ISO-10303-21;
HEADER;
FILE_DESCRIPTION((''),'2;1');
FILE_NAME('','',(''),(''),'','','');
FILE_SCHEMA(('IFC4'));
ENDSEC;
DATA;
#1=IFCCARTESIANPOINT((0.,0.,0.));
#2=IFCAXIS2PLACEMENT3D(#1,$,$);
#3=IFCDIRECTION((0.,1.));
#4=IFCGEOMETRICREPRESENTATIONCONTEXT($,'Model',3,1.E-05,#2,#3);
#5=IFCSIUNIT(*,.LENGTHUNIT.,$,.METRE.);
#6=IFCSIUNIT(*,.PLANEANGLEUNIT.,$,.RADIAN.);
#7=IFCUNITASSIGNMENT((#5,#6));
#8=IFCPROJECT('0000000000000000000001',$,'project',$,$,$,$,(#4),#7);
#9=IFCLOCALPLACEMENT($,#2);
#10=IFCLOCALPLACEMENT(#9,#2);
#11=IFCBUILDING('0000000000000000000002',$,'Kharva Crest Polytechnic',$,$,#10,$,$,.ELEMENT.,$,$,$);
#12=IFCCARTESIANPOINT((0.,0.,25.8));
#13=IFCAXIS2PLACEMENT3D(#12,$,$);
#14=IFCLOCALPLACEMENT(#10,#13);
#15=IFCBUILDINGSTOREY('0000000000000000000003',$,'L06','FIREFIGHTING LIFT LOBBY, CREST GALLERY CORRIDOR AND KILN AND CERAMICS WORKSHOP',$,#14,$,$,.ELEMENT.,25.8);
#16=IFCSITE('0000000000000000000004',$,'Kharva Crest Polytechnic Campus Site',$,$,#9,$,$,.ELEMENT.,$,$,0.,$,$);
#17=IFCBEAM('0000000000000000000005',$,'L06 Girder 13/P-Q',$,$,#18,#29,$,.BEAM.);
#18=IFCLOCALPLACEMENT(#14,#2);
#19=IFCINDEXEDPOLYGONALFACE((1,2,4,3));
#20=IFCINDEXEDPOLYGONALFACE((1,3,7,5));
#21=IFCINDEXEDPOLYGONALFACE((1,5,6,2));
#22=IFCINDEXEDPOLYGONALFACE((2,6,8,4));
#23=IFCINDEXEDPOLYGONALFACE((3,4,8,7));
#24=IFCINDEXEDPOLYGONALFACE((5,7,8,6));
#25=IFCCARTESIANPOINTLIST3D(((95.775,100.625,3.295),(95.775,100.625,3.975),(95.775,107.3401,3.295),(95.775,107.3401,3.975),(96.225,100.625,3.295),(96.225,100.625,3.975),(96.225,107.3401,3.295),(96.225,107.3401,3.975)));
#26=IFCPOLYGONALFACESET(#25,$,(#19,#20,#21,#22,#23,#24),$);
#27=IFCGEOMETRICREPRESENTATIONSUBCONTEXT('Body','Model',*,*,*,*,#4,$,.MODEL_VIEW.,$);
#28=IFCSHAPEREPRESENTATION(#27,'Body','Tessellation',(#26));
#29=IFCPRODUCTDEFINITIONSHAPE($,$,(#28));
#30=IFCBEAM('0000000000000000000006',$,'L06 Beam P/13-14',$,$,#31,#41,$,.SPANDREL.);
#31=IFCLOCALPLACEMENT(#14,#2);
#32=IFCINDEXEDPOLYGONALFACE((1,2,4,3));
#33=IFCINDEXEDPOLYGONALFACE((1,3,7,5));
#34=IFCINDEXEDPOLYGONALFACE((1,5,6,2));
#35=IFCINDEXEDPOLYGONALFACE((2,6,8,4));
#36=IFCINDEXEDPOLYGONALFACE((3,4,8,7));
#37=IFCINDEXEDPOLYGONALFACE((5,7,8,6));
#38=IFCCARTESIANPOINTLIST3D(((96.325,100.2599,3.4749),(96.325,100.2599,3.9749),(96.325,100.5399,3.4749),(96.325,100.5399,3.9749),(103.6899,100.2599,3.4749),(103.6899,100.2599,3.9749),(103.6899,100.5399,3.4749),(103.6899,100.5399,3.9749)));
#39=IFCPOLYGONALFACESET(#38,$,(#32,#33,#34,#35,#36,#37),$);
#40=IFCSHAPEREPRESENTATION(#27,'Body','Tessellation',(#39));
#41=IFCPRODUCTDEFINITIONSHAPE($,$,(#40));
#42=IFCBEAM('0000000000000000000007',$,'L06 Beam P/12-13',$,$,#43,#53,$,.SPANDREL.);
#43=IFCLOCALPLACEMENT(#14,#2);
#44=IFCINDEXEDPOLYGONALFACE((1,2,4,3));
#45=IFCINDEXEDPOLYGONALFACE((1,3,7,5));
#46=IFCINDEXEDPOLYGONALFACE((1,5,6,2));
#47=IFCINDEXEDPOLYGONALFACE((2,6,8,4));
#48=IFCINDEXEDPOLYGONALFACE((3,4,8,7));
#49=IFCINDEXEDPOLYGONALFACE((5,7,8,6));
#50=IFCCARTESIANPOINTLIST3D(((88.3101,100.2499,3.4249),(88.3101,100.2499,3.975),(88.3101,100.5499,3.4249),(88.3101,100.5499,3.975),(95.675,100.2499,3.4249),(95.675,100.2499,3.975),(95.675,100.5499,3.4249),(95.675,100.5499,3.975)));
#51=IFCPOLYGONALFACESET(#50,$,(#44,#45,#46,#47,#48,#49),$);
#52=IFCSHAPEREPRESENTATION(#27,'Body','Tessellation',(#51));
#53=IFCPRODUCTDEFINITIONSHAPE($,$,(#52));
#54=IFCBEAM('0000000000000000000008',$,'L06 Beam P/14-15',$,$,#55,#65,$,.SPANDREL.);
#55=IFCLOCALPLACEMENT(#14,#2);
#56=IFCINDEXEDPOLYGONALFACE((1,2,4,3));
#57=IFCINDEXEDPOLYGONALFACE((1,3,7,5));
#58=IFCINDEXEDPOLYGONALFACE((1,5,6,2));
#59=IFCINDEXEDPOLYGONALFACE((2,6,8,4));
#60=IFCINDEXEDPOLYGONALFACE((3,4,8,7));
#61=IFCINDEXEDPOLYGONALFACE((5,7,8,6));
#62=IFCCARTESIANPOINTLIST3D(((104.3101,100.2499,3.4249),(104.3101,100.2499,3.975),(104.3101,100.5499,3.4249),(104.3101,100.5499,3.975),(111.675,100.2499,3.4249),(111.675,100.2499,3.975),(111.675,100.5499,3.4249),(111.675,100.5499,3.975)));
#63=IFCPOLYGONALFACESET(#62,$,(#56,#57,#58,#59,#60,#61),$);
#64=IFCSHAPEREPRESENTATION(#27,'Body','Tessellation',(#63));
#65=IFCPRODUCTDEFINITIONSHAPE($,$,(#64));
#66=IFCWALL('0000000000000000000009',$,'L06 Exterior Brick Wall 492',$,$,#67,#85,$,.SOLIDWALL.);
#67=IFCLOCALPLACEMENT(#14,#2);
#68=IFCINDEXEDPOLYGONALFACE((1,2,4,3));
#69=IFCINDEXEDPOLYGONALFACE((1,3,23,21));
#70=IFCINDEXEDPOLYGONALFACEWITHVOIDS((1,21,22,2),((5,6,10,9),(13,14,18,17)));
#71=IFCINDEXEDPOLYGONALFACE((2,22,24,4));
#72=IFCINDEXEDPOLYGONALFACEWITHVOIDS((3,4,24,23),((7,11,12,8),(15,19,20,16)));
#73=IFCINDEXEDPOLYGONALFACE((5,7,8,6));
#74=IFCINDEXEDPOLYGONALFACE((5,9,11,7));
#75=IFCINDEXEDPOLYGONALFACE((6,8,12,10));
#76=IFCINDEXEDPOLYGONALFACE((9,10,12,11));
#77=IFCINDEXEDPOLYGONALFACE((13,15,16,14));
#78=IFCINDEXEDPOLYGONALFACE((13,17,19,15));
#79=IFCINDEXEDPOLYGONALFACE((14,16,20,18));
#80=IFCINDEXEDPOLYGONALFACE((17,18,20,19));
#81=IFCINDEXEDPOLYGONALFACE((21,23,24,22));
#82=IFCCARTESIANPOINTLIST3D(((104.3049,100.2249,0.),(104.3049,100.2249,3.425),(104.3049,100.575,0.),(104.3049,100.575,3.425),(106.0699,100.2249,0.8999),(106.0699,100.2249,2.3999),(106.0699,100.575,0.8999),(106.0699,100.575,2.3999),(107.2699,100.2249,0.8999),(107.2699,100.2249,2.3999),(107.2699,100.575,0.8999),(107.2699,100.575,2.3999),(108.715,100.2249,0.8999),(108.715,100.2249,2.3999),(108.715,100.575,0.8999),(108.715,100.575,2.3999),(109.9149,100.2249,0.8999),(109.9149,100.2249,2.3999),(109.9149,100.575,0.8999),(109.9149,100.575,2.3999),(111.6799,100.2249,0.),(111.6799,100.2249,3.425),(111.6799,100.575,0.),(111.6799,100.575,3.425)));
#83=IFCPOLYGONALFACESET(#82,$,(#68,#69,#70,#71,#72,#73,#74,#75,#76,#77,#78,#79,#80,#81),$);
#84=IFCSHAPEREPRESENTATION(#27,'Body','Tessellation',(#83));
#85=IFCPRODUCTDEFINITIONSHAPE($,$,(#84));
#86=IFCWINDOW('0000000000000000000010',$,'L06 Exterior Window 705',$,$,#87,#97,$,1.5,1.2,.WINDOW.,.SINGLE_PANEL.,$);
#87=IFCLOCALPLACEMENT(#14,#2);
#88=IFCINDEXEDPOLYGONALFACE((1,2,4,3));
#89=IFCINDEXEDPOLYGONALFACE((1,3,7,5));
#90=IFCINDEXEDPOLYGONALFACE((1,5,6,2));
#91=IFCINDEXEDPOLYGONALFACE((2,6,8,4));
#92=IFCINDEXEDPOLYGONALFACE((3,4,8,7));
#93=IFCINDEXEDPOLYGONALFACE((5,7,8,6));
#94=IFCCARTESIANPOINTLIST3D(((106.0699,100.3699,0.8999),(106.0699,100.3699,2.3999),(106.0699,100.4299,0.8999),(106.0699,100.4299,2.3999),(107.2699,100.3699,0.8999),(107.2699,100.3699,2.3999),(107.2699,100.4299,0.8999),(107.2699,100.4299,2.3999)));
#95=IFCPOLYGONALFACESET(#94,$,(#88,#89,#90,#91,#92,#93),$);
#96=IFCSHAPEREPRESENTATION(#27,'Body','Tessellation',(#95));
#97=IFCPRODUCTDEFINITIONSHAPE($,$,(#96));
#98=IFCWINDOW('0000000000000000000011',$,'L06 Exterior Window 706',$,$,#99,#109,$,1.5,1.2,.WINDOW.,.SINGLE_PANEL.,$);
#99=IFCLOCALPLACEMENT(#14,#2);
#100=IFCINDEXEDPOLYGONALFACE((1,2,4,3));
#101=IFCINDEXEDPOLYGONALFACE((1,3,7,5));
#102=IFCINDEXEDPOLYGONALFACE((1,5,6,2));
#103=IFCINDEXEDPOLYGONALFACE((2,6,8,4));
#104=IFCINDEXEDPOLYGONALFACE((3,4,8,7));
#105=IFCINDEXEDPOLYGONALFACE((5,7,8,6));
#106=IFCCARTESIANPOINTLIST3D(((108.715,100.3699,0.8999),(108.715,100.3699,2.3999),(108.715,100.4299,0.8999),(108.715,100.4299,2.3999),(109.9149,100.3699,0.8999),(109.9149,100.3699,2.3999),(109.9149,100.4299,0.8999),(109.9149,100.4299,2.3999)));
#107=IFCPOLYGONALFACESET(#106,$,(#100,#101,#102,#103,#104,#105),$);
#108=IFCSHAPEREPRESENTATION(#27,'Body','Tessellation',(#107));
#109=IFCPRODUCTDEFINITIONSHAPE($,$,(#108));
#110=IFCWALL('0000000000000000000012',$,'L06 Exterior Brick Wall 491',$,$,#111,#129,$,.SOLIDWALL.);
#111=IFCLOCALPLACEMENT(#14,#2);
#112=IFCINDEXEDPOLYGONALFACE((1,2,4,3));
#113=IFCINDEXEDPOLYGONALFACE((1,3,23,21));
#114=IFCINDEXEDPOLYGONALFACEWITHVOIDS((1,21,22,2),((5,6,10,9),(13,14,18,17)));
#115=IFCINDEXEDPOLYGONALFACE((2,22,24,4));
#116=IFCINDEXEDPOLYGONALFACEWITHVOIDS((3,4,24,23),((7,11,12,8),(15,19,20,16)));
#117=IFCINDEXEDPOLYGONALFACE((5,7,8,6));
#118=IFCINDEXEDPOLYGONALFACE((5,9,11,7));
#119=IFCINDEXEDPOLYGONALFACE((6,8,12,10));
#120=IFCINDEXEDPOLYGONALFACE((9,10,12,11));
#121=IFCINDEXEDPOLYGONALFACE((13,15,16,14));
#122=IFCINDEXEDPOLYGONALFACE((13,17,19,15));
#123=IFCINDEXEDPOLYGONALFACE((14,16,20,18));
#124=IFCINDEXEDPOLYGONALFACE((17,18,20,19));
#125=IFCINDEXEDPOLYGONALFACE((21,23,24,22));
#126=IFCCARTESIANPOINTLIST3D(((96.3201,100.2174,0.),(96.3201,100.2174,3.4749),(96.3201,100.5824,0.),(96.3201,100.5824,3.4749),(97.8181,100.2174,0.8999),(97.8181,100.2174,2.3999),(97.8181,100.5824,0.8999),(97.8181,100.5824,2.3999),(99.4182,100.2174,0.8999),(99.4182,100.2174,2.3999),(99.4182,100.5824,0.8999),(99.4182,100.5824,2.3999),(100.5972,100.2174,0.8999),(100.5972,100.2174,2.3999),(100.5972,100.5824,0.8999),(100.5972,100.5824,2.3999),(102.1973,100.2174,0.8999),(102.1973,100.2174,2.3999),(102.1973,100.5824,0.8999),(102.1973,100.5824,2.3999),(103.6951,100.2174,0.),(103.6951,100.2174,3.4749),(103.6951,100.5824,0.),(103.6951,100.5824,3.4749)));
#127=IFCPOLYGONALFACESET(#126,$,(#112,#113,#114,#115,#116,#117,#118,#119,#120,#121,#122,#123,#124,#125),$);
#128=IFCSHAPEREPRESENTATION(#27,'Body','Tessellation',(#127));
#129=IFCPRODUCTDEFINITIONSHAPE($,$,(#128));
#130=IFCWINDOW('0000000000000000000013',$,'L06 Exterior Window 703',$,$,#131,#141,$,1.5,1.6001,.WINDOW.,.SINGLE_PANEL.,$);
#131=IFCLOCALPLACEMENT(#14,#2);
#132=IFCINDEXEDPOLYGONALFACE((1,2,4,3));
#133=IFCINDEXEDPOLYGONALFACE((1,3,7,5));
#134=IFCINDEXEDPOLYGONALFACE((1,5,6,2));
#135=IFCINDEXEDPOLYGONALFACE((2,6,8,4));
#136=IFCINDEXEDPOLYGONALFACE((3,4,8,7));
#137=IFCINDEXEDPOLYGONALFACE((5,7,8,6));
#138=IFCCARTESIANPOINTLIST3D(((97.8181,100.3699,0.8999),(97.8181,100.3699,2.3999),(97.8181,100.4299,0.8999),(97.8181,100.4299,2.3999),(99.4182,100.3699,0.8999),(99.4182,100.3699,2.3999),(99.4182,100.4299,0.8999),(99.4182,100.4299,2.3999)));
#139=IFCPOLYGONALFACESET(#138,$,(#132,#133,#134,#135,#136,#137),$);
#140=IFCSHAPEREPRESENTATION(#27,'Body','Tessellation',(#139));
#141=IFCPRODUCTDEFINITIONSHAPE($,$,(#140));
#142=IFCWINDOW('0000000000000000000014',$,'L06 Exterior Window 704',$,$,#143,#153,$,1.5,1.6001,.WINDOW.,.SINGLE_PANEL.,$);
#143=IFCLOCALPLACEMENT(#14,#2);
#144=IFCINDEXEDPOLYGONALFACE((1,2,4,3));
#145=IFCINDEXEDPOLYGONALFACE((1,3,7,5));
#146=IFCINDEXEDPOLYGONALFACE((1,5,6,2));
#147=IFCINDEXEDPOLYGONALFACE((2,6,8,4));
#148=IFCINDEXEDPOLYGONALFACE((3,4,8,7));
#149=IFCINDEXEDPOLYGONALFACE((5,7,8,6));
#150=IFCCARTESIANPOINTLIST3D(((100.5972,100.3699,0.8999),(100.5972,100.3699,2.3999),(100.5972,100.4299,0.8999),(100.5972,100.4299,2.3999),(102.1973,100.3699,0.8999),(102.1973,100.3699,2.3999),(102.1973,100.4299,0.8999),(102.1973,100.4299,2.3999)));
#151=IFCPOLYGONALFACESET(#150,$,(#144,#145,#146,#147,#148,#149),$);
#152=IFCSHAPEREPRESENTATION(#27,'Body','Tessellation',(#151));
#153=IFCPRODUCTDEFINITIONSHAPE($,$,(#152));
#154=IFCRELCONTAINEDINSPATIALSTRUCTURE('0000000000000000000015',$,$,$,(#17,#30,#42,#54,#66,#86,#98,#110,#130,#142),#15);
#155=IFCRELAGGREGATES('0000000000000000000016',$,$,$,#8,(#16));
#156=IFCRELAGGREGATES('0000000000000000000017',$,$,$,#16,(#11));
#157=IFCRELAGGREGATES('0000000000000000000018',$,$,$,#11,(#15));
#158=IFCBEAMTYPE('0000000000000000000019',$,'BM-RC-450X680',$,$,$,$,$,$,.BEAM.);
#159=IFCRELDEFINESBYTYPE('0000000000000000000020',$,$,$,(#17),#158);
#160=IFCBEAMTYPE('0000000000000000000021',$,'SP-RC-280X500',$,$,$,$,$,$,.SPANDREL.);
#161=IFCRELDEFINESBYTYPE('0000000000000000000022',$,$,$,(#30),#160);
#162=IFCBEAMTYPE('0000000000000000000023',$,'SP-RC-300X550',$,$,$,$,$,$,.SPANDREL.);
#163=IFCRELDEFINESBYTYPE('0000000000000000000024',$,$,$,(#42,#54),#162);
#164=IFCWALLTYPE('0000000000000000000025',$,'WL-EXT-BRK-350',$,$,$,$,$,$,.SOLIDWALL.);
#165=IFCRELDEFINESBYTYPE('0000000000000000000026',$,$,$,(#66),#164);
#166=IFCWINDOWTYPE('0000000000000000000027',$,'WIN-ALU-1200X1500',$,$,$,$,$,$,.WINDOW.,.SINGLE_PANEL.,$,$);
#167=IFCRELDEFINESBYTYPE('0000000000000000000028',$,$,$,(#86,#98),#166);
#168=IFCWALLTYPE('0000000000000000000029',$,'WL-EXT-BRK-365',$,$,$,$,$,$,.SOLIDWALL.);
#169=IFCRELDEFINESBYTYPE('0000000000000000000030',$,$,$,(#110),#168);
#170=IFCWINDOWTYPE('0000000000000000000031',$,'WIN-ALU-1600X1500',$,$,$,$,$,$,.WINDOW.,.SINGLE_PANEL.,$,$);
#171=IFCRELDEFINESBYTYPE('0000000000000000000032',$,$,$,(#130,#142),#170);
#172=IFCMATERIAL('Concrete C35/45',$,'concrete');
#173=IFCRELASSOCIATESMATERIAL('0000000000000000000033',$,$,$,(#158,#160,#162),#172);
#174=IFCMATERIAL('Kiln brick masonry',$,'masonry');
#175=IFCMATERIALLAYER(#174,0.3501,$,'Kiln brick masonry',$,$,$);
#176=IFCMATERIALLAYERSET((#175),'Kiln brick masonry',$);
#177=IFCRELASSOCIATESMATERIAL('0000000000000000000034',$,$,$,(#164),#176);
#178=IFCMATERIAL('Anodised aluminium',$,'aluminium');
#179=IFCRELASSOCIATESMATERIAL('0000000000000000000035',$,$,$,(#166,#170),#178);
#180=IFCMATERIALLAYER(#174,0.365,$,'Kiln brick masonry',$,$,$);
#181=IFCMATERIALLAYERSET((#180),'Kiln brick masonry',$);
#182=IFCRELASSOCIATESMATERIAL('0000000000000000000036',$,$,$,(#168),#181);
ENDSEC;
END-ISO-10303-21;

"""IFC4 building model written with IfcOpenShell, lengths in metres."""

from ifc_helpers import new_model, si_unit, direction, frame, frame_2d, origin, origin_2d, place, context, subcontext, project, spatial, rectangle, extrude, material, layer, layer_set, material_profile, profile_set, type_object, element, fill, save


model = new_model("IFC4")

# Units and contexts
model_context = context("Model", 3, precision=1e-05, world=origin(), true_north=direction((0.0, 1.0)))
body_context = subcontext(model_context, "Body", "Model", "MODEL_VIEW")
ifc_project = project(units=[si_unit("LENGTHUNIT", "METRE"), si_unit("PLANEANGLEUNIT", "RADIAN")], contexts=[model_context])

# Site, building, storey
site_placement = place(None, origin())
site = spatial("IfcSite", under=ifc_project, at=site_placement, Name="Kharva Crest Polytechnic Campus Site", CompositionType="ELEMENT", RefElevation=0.0)
building_placement = place(site_placement, origin())
building = spatial("IfcBuilding", under=site, at=building_placement, Name="Kharva Crest Polytechnic", CompositionType="ELEMENT")
storey_placement = place(building_placement, frame((0.0, 0.0, 25.8)))
storey = spatial("IfcBuildingStorey", under=building, at=storey_placement, Name="L06", Description="FIREFIGHTING LIFT LOBBY, CREST GALLERY CORRIDOR AND KILN AND CERAMICS WORKSHOP", CompositionType="ELEMENT", Elevation=25.8)

# Beams
ifc_material_1 = material(Name="Concrete C35/45", Category="concrete")
ifc_material_profile_1 = material_profile(ifc_material_1, rectangle(XDim=0.45, YDim=0.6799, at=origin_2d()), Name="RECT 450 X 680")
ifc_profile_set_1 = profile_set([ifc_material_profile_1], Name="Concrete C35/45")
beam_type_1 = type_object("IfcBeamType", Name="BM-RC-450X680", PredefinedType="BEAM", material=ifc_profile_set_1)
beam_1_placement = place(storey_placement, frame((96.0, 100.625, 3.635), z_axis=(0.0, 1.0, 0.0), x_axis=(-1.0, 0.0, 0.0)))
element("IfcBeam", 1, at=beam_1_placement, inside=storey, type_object=beam_type_1, Name="L06 Girder 13/P-Q", PredefinedType="BEAM", context=body_context, shape_type="SweptSolid", body=[
    extrude(rectangle(XDim=0.45, YDim=0.6799, at=origin_2d()), origin(), (0.0, 0.0, 1.0), 6.7151),
])
ifc_material_profile_2 = material_profile(ifc_material_1, rectangle(XDim=0.28, YDim=0.5, at=origin_2d()), Name="RECT 280 X 500")
ifc_profile_set_2 = profile_set([ifc_material_profile_2], Name="Concrete C35/45")
beam_type_2 = type_object("IfcBeamType", Name="SP-RC-280X500", PredefinedType="SPANDREL", material=ifc_profile_set_2)
beam_2_placement = place(storey_placement, frame((96.325, 100.3999, 3.7249), z_axis=(1.0, 0.0, 0.0), x_axis=(0.0, 1.0, 0.0)))
element("IfcBeam", 2, at=beam_2_placement, inside=storey, type_object=beam_type_2, Name="L06 Beam P/13-14", PredefinedType="SPANDREL", context=body_context, shape_type="SweptSolid", body=[
    extrude(rectangle(XDim=0.28, YDim=0.5, at=origin_2d()), origin(), (0.0, 0.0, 1.0), 7.365),
])
ifc_material_profile_3 = material_profile(ifc_material_1, rectangle(XDim=0.3, YDim=0.55, at=origin_2d()), Name="RECT 300 X 550")
ifc_profile_set_3 = profile_set([ifc_material_profile_3], Name="Concrete C35/45")
beam_type_3 = type_object("IfcBeamType", Name="SP-RC-300X550", PredefinedType="SPANDREL", material=ifc_profile_set_3)
for number, where, z_axis, x_axis, name in (
    (3, (88.3101, 100.3999, 3.7), (1.0, 0.0, 0.0), (0.0, 1.0, 0.0), "L06 Beam P/12-13"),
    (4, (104.3101, 100.3999, 3.7), (1.0, 0.0, 0.0), (0.0, 1.0, 0.0), "L06 Beam P/14-15"),
):
    element("IfcBeam", number, at=place(storey_placement, frame(where, z_axis=z_axis, x_axis=x_axis)), inside=storey, type_object=beam_type_3, Name=name, PredefinedType="SPANDREL", context=body_context, shape_type="SweptSolid", body=[
        extrude(rectangle(XDim=0.3, YDim=0.55, at=origin_2d()), origin(), (0.0, 0.0, 1.0), 7.365),
    ])

# Walls, openings, windows
ifc_material_2 = material(Name="Kiln brick masonry", Category="masonry")
ifc_layer_1 = layer(ifc_material_2, 0.3501, Name="Kiln brick masonry")
ifc_layer_set_1 = layer_set([ifc_layer_1], Name="Kiln brick masonry")
wall_type_1 = type_object("IfcWallType", Name="WL-EXT-BRK-350", PredefinedType="SOLIDWALL", material=ifc_layer_set_1)
wall_1_placement = place(storey_placement, frame((104.3049, 100.3999, 0.0), z_axis=(0.0, 0.0, 1.0), x_axis=(1.0, 0.0, 0.0)))
wall_1 = element("IfcWall", 5, at=wall_1_placement, inside=storey, type_object=wall_type_1, Name="L06 Exterior Brick Wall 492", PredefinedType="SOLIDWALL", context=body_context, shape_type="SweptSolid", body=[
    extrude(rectangle(XDim=7.375, YDim=0.3501, at=frame_2d((3.6875, 0.0))), origin(), (0.0, 0.0, 1.0), 3.425),
])
opening_1_placement = place(wall_1_placement, frame((1.7649, 0.0, 0.8999)))
opening_1 = element("IfcOpeningElement", 6, at=opening_1_placement, cuts=wall_1, PredefinedType="OPENING", context=body_context, shape_type="SweptSolid", body=[
    extrude(rectangle(XDim=1.2, YDim=1.5, at=frame_2d((0.6001, 0.75))), frame((0.0, 0.1851, 0.0), z_axis=(0.0, -1.0, 0.0), x_axis=(1.0, 0.0, 0.0)), (0.0, 0.0, 1.0), 0.3701),
])
opening_2_placement = place(wall_1_placement, frame((4.4099, 0.0, 0.8999)))
opening_2 = element("IfcOpeningElement", 7, at=opening_2_placement, cuts=wall_1, PredefinedType="OPENING", context=body_context, shape_type="SweptSolid", body=[
    extrude(rectangle(XDim=1.2, YDim=1.5, at=frame_2d((0.6001, 0.75))), frame((0.0, 0.1851, 0.0), z_axis=(0.0, -1.0, 0.0), x_axis=(1.0, 0.0, 0.0)), (0.0, 0.0, 1.0), 0.3701),
])
ifc_material_3 = material(Name="Anodised aluminium", Category="aluminium")
window_type_1 = type_object("IfcWindowType", Name="WIN-ALU-1200X1500", PartitioningType="SINGLE_PANEL", PredefinedType="WINDOW", material=ifc_material_3)
window_1_placement = place(opening_1_placement, origin())
window_1 = element("IfcWindow", 8, at=window_1_placement, inside=storey, type_object=window_type_1, Name="L06 Exterior Window 705", OverallHeight=1.5, OverallWidth=1.2, PartitioningType="SINGLE_PANEL", PredefinedType="WINDOW", context=body_context, shape_type="SweptSolid", body=[
    extrude(rectangle(XDim=1.2, YDim=1.5, at=frame_2d((0.6001, 0.75))), frame((0.0, 0.03, 0.0), z_axis=(0.0, -1.0, 0.0), x_axis=(1.0, 0.0, 0.0)), (0.0, 0.0, 1.0), 0.0601),
])
fill(opening_1, window_1)
window_2_placement = place(opening_2_placement, origin())
window_2 = element("IfcWindow", 9, at=window_2_placement, inside=storey, type_object=window_type_1, Name="L06 Exterior Window 706", OverallHeight=1.5, OverallWidth=1.2, PartitioningType="SINGLE_PANEL", PredefinedType="WINDOW", context=body_context, shape_type="SweptSolid", body=[
    extrude(rectangle(XDim=1.2, YDim=1.5, at=frame_2d((0.6001, 0.75))), frame((0.0, 0.03, 0.0), z_axis=(0.0, -1.0, 0.0), x_axis=(1.0, 0.0, 0.0)), (0.0, 0.0, 1.0), 0.0601),
])
fill(opening_2, window_2)
ifc_layer_2 = layer(ifc_material_2, 0.365, Name="Kiln brick masonry")
ifc_layer_set_2 = layer_set([ifc_layer_2], Name="Kiln brick masonry")
wall_type_2 = type_object("IfcWallType", Name="WL-EXT-BRK-365", PredefinedType="SOLIDWALL", material=ifc_layer_set_2)
wall_2_placement = place(storey_placement, frame((96.3201, 100.3999, 0.0), z_axis=(0.0, 0.0, 1.0), x_axis=(1.0, 0.0, 0.0)))
wall_2 = element("IfcWall", 10, at=wall_2_placement, inside=storey, type_object=wall_type_2, Name="L06 Exterior Brick Wall 491", PredefinedType="SOLIDWALL", context=body_context, shape_type="SweptSolid", body=[
    extrude(rectangle(XDim=7.375, YDim=0.365, at=frame_2d((3.6875, 0.0))), origin(), (0.0, 0.0, 1.0), 3.4749),
])
opening_3_placement = place(wall_2_placement, frame((1.498, 0.0, 0.8999)))
opening_3 = element("IfcOpeningElement", 11, at=opening_3_placement, cuts=wall_2, PredefinedType="OPENING", context=body_context, shape_type="SweptSolid", body=[
    extrude(rectangle(XDim=1.6001, YDim=1.5, at=frame_2d((0.8, 0.75))), frame((0.0, 0.1924, 0.0), z_axis=(0.0, -1.0, 0.0), x_axis=(1.0, 0.0, 0.0)), (0.0, 0.0, 1.0), 0.385),
])
opening_4_placement = place(wall_2_placement, frame((4.2771, 0.0, 0.8999)))
opening_4 = element("IfcOpeningElement", 12, at=opening_4_placement, cuts=wall_2, PredefinedType="OPENING", context=body_context, shape_type="SweptSolid", body=[
    extrude(rectangle(XDim=1.6001, YDim=1.5, at=frame_2d((0.8, 0.75))), frame((0.0, 0.1924, 0.0), z_axis=(0.0, -1.0, 0.0), x_axis=(1.0, 0.0, 0.0)), (0.0, 0.0, 1.0), 0.385),
])
window_type_2 = type_object("IfcWindowType", Name="WIN-ALU-1600X1500", PartitioningType="SINGLE_PANEL", PredefinedType="WINDOW", material=ifc_material_3)
window_3_placement = place(opening_3_placement, origin())
window_3 = element("IfcWindow", 13, at=window_3_placement, inside=storey, type_object=window_type_2, Name="L06 Exterior Window 703", OverallHeight=1.5, OverallWidth=1.6001, PartitioningType="SINGLE_PANEL", PredefinedType="WINDOW", context=body_context, shape_type="SweptSolid", body=[
    extrude(rectangle(XDim=1.6001, YDim=1.5, at=frame_2d((0.8, 0.75))), frame((0.0, 0.03, 0.0), z_axis=(0.0, -1.0, 0.0), x_axis=(1.0, 0.0, 0.0)), (0.0, 0.0, 1.0), 0.0601),
])
fill(opening_3, window_3)
window_4_placement = place(opening_4_placement, origin())
window_4 = element("IfcWindow", 14, at=window_4_placement, inside=storey, type_object=window_type_2, Name="L06 Exterior Window 704", OverallHeight=1.5, OverallWidth=1.6001, PartitioningType="SINGLE_PANEL", PredefinedType="WINDOW", context=body_context, shape_type="SweptSolid", body=[
    extrude(rectangle(XDim=1.6001, YDim=1.5, at=frame_2d((0.8, 0.75))), frame((0.0, 0.03, 0.0), z_axis=(0.0, -1.0, 0.0), x_axis=(1.0, 0.0, 0.0)), (0.0, 0.0, 1.0), 0.0601),
])
fill(opening_4, window_4)

save(model, "model.ifc")
